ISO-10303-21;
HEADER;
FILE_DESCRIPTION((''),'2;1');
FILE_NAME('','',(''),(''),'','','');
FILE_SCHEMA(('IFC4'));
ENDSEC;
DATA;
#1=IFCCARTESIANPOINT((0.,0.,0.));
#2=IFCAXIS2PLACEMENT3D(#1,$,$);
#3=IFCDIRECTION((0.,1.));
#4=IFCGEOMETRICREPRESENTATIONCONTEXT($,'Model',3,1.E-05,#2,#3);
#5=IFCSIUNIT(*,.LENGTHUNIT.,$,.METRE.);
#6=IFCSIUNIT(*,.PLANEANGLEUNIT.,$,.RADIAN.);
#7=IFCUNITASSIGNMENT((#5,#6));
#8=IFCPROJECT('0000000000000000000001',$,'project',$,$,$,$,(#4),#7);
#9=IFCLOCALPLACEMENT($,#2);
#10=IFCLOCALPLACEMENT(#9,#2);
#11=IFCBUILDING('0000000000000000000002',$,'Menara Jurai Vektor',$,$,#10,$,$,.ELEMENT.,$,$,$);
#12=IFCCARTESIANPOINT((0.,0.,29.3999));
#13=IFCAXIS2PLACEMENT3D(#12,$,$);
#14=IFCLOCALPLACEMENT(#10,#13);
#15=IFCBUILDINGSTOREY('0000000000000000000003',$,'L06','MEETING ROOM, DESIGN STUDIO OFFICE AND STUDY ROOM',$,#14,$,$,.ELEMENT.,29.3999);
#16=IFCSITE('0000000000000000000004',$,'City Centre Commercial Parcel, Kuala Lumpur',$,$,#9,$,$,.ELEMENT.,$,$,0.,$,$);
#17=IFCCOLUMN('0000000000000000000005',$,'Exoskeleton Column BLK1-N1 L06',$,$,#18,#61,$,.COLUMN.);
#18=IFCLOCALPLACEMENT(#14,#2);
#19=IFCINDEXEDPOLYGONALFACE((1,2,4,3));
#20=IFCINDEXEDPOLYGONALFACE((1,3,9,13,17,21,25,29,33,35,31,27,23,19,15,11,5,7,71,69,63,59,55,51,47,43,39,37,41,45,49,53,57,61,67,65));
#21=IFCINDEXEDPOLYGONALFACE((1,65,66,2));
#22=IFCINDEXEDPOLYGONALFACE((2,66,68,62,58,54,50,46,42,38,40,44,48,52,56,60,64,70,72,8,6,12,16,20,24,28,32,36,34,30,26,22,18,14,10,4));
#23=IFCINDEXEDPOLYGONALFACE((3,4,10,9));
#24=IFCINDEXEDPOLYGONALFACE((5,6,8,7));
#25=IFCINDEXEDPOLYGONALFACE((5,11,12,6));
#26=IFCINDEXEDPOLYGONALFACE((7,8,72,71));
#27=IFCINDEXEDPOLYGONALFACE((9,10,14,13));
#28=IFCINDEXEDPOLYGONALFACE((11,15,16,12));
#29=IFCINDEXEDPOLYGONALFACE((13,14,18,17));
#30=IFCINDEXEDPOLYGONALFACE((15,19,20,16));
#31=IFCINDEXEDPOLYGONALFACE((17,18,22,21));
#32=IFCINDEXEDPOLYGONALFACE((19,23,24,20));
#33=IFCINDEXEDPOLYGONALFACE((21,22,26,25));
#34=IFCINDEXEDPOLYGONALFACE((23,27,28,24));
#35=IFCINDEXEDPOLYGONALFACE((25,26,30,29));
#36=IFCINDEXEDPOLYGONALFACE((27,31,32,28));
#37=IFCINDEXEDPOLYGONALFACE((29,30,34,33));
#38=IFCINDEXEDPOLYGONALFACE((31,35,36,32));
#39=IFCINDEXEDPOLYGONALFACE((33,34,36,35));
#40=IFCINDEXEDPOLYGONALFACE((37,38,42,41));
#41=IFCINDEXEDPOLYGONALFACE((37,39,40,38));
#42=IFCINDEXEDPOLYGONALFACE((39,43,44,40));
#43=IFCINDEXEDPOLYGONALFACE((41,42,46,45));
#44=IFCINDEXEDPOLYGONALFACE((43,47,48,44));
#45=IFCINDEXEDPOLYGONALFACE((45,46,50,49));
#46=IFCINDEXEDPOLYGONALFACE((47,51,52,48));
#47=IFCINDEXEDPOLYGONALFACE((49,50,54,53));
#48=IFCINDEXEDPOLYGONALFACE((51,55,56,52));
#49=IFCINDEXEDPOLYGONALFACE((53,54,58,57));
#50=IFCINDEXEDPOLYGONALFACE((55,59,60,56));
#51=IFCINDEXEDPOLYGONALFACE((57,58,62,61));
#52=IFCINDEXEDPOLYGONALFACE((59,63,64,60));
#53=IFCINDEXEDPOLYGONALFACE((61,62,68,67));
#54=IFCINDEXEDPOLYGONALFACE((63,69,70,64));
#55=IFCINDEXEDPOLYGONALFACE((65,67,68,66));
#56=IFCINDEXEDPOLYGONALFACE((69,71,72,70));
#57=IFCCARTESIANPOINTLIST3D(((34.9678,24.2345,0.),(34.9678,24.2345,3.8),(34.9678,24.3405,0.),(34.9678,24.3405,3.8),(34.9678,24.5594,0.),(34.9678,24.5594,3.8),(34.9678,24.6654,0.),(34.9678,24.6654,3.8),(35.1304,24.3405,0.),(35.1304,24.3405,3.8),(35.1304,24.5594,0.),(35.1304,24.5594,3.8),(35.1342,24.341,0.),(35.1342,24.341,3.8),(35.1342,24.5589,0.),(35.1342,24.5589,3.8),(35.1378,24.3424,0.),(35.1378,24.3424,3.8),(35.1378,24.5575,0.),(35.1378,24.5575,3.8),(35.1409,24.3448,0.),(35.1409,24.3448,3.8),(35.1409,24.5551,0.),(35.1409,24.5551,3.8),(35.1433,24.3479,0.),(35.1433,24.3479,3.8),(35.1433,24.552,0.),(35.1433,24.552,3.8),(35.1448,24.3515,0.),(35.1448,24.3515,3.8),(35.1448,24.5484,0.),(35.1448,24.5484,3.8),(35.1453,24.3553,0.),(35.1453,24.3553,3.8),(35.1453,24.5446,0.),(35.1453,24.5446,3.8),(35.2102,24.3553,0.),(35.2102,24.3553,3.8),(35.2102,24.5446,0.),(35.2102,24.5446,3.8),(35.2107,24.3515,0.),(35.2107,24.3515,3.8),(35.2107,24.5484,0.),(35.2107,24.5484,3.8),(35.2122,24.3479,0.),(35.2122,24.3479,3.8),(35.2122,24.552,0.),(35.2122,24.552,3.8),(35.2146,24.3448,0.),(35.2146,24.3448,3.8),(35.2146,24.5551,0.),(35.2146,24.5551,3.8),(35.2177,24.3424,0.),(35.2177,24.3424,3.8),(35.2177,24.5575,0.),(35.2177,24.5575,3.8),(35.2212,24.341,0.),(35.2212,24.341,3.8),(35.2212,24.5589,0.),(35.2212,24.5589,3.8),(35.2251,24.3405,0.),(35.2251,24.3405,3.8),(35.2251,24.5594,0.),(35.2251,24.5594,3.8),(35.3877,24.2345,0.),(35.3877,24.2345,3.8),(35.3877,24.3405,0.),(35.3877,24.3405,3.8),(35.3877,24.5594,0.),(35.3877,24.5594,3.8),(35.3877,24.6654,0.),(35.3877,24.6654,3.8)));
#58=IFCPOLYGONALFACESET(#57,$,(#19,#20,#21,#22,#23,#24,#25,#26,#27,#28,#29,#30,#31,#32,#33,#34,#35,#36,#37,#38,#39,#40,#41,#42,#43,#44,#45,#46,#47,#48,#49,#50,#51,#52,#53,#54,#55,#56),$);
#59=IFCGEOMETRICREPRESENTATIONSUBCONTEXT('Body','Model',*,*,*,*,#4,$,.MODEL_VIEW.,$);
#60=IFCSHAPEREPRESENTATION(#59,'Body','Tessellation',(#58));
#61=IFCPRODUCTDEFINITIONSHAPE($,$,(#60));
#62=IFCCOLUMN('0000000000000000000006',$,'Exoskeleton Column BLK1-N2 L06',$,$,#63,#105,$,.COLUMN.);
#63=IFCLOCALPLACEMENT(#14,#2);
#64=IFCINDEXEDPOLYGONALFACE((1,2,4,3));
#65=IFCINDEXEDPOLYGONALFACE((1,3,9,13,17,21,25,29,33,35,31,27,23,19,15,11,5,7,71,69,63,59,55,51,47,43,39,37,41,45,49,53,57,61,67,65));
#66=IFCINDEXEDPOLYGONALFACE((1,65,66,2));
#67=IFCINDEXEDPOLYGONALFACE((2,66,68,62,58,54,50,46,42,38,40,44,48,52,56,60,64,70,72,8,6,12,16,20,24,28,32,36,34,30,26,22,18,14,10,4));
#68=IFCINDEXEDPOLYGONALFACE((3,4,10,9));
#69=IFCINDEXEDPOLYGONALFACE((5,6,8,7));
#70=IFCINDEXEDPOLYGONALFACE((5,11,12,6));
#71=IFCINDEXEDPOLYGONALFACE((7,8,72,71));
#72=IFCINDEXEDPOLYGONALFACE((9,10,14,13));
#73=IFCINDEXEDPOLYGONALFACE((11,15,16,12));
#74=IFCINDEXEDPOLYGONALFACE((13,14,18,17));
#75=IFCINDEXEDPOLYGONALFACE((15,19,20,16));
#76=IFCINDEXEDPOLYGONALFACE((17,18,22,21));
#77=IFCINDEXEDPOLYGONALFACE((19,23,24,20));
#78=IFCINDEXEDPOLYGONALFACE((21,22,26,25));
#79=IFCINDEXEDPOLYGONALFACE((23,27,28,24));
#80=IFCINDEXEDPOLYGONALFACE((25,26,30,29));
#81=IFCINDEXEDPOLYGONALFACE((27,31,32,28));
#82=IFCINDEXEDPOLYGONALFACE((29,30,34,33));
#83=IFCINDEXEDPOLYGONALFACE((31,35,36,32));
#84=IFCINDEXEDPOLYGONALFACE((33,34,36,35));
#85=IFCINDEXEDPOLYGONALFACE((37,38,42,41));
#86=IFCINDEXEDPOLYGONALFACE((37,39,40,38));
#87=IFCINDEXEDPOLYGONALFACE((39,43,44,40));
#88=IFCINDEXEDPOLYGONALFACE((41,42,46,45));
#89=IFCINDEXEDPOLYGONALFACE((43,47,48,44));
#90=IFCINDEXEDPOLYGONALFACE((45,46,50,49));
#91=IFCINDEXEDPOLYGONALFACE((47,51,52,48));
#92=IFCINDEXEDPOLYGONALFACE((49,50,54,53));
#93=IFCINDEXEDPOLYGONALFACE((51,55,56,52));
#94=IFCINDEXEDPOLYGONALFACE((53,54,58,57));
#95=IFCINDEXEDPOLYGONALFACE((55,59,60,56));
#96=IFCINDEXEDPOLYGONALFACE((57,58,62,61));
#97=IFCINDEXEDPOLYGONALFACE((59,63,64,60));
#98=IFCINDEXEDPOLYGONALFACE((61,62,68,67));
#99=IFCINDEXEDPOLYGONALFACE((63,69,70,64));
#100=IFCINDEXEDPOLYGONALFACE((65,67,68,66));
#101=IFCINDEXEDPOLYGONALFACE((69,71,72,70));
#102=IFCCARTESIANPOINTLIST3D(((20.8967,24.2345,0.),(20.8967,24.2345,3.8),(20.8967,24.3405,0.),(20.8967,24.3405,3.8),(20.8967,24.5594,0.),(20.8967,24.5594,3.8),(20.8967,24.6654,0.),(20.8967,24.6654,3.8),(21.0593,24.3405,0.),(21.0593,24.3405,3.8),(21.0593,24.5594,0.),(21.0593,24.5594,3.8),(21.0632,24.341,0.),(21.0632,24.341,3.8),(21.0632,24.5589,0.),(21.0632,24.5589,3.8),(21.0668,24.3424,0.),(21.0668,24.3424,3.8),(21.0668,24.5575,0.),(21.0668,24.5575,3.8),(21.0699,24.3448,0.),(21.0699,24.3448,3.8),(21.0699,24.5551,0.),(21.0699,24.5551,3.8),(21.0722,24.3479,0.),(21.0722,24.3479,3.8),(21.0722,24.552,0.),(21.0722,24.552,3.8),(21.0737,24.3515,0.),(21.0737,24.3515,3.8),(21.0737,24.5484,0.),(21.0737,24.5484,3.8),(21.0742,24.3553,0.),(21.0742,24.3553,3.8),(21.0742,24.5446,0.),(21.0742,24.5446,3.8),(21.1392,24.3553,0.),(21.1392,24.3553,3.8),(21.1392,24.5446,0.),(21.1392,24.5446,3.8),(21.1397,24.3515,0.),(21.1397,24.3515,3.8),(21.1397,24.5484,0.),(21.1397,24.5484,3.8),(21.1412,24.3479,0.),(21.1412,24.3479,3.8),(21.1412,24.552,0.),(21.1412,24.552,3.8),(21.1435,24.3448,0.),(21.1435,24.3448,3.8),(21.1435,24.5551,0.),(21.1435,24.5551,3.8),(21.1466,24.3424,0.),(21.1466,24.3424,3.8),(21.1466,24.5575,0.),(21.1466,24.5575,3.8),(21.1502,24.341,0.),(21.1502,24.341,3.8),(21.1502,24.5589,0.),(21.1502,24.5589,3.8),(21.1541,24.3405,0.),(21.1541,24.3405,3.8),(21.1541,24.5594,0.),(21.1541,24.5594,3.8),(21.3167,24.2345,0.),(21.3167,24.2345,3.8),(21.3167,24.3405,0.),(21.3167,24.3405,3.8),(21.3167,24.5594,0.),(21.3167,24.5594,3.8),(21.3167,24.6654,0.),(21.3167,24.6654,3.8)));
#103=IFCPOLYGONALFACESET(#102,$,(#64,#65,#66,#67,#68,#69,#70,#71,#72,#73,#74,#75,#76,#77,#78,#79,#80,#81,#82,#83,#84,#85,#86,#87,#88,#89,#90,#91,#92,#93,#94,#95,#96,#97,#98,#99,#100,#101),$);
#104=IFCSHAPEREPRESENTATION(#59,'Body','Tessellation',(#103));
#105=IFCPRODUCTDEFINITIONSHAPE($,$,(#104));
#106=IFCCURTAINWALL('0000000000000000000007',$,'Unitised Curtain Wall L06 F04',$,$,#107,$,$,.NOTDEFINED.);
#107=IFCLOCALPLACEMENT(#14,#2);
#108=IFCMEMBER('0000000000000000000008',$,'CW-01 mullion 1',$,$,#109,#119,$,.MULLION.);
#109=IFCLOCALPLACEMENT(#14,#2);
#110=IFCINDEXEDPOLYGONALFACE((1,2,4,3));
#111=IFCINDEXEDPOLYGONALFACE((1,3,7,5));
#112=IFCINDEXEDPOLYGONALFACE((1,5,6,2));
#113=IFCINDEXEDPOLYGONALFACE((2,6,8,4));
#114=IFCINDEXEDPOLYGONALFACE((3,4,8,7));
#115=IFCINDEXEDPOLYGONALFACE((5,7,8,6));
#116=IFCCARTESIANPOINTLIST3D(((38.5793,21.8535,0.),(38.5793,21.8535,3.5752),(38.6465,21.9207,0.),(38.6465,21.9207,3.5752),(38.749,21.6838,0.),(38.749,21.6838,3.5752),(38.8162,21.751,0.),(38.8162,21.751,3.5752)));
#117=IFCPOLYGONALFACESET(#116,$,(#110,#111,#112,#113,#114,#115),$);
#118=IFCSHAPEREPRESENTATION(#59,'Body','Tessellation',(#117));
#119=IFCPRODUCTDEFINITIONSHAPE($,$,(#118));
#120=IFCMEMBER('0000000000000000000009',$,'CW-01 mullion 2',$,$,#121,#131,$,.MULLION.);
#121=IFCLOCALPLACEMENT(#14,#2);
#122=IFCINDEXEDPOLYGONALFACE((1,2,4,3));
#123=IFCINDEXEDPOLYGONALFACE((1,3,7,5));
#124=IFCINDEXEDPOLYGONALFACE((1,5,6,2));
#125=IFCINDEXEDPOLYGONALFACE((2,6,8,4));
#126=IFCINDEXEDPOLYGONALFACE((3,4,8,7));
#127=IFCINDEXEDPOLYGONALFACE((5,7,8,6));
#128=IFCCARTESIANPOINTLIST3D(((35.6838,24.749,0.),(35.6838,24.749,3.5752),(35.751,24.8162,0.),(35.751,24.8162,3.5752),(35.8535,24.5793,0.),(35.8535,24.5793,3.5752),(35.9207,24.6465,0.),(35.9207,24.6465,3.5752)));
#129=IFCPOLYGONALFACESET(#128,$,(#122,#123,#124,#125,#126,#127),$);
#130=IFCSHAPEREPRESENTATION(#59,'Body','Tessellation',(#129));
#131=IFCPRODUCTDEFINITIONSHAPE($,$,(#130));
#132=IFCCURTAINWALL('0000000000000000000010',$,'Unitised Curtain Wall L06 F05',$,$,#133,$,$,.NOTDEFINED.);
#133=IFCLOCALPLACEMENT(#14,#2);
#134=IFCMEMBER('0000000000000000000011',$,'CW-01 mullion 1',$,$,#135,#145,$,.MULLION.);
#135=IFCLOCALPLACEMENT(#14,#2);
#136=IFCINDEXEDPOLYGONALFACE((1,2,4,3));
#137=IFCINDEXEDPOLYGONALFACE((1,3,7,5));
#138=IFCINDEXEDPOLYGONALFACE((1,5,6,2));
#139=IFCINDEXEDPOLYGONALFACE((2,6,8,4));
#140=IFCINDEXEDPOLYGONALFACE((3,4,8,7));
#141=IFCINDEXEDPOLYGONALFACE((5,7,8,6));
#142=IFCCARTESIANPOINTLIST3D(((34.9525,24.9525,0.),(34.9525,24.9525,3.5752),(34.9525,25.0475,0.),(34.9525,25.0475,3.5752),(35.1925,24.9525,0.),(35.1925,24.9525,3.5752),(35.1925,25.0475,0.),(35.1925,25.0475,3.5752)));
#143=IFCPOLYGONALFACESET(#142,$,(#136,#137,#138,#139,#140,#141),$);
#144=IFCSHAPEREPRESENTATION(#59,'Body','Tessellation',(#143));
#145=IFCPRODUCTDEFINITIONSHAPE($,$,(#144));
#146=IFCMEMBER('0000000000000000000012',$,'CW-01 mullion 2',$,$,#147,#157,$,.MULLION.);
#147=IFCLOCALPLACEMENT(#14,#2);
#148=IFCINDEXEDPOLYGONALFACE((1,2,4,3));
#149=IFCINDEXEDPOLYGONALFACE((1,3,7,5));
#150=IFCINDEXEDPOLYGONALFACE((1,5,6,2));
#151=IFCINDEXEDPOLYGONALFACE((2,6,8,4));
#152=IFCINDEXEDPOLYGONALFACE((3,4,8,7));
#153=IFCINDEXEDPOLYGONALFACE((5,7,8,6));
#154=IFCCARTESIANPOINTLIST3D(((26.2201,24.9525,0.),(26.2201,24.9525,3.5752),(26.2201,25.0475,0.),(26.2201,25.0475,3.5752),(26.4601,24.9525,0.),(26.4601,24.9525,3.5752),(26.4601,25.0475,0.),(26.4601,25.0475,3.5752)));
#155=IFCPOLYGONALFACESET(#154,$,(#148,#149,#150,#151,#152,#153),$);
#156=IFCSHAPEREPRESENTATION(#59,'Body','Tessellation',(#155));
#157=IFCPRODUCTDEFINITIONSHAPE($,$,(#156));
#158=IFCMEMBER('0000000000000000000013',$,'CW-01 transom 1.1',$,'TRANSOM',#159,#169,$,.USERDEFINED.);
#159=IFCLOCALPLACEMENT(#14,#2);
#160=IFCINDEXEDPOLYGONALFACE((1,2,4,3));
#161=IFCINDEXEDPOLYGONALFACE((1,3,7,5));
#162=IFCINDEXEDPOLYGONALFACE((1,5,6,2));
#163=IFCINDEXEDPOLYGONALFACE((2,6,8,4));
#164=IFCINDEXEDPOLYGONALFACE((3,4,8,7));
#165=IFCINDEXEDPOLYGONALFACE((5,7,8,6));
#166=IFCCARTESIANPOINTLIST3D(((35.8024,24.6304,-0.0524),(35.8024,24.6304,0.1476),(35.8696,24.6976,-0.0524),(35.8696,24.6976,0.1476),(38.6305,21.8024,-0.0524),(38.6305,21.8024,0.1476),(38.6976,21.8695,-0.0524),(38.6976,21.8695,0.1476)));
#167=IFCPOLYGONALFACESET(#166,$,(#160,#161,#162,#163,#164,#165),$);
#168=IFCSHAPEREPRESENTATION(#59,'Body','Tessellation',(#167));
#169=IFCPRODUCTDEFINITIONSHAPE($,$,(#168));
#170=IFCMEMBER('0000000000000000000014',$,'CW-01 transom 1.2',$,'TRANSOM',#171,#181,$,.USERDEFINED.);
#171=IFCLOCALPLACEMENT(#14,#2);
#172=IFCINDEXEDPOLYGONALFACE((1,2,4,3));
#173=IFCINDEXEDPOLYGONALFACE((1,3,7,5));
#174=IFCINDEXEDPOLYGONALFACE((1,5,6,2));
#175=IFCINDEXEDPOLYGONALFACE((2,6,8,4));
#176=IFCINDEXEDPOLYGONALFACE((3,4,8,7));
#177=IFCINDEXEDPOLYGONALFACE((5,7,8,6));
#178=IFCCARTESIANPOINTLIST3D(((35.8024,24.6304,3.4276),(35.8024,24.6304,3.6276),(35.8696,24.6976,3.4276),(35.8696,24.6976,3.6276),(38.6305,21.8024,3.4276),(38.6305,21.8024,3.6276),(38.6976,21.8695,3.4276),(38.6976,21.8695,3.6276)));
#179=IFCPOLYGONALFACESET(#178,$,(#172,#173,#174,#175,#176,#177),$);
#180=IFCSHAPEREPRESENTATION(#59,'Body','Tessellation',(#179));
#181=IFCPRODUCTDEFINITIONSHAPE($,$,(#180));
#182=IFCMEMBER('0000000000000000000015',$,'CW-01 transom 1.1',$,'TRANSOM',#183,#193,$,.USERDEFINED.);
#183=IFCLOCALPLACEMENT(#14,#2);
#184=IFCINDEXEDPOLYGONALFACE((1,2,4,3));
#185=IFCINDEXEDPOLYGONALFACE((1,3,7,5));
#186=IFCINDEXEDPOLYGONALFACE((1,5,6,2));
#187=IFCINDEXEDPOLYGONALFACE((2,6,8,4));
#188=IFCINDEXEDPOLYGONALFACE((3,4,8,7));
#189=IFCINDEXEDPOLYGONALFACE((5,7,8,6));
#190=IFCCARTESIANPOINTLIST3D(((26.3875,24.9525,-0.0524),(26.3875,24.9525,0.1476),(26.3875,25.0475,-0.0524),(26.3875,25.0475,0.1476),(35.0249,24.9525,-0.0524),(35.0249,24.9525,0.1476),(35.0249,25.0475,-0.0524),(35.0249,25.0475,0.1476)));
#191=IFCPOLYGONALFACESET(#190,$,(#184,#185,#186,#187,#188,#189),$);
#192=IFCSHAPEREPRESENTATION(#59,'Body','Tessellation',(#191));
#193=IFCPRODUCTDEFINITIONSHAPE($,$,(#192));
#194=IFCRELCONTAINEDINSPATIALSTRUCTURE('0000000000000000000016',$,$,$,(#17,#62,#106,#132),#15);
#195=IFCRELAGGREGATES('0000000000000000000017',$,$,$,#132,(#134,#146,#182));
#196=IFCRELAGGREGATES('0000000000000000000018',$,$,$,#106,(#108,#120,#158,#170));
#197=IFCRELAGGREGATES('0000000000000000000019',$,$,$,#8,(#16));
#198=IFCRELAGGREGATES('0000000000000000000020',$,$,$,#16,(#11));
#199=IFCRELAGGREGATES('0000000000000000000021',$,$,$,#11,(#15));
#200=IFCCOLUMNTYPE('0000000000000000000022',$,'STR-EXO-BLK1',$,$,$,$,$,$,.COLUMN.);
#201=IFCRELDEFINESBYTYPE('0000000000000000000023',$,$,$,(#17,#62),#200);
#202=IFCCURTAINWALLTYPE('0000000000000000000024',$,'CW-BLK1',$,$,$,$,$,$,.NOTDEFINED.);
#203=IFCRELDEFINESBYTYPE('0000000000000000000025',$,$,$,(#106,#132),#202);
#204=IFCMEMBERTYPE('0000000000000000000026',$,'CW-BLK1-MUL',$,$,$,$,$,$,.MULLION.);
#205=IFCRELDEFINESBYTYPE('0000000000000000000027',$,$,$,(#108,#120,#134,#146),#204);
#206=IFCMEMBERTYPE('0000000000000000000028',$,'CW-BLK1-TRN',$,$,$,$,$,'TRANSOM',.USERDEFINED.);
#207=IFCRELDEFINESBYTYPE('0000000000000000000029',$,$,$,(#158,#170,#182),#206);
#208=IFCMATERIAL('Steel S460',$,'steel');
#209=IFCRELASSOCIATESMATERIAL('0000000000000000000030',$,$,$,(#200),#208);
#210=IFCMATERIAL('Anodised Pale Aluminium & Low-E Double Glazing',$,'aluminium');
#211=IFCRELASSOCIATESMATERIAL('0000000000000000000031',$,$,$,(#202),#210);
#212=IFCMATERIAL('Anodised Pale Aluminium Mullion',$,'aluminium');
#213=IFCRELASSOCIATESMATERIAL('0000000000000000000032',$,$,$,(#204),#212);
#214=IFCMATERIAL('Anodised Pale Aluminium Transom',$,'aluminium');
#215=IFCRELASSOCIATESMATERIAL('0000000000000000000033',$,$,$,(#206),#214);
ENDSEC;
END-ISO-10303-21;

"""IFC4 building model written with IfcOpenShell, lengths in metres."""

from ifc_helpers import new_model, si_unit, direction, frame, origin, origin_2d, place, context, subcontext, project, spatial, rectangle, i_section, extrude, material, material_profile, profile_set, type_object, element, aggregate, save


model = new_model("IFC4")

# Units and contexts
model_context = context("Model", 3, precision=1e-05, world=origin(), true_north=direction((0.0, 1.0)))
body_context = subcontext(model_context, "Body", "Model", "MODEL_VIEW")
ifc_project = project(units=[si_unit("LENGTHUNIT", "METRE"), si_unit("PLANEANGLEUNIT", "RADIAN")], contexts=[model_context])

# Site, building, storey
site_placement = place(None, origin())
site = spatial("IfcSite", under=ifc_project, at=site_placement, Name="City Centre Commercial Parcel, Kuala Lumpur", CompositionType="ELEMENT", RefElevation=0.0)
building_placement = place(site_placement, origin())
building = spatial("IfcBuilding", under=site, at=building_placement, Name="Menara Jurai Vektor", CompositionType="ELEMENT")
storey_placement = place(building_placement, frame((0.0, 0.0, 29.3999)))
storey = spatial("IfcBuildingStorey", under=building, at=storey_placement, Name="L06", Description="MEETING ROOM, DESIGN STUDIO OFFICE AND STUDY ROOM", CompositionType="ELEMENT", Elevation=29.3999)

# Columns
ifc_material_1 = material(Name="Steel S460", Category="steel")
ifc_material_profile_1 = material_profile(ifc_material_1, i_section(OverallWidth=0.4199, OverallDepth=0.4309, WebThickness=0.0649, FlangeThickness=0.106, FilletRadius=0.0149, at=origin_2d()), Name="HD 400x900")
ifc_profile_set_1 = profile_set([ifc_material_profile_1], Name="Steel S460")
column_type = type_object("IfcColumnType", Name="STR-EXO-BLK1", PredefinedType="COLUMN", material=ifc_profile_set_1)
for number, where, z_axis, x_axis, name in (
    (1, (35.1777, 24.45, 0.0), (0.0, 0.0, 1.0), (1.0, 0.0, 0.0), "Exoskeleton Column BLK1-N1 L06"),
    (2, (21.1067, 24.45, 0.0), (0.0, 0.0, 1.0), (1.0, 0.0, 0.0), "Exoskeleton Column BLK1-N2 L06"),
):
    element("IfcColumn", number, at=place(storey_placement, frame(where, z_axis=z_axis, x_axis=x_axis)), inside=storey, type_object=column_type, Name=name, PredefinedType="COLUMN", context=body_context, shape_type="SweptSolid", body=[
        extrude(i_section(OverallWidth=0.4199, OverallDepth=0.4309, WebThickness=0.0649, FlangeThickness=0.106, FilletRadius=0.0149, at=origin_2d()), origin(), (0.0, 0.0, 1.0), 3.8),
    ])

# Curtain walls, members
ifc_material_2 = material(Name="Anodised Pale Aluminium & Low-E Double Glazing", Category="aluminium")
curtain_wall_type = type_object("IfcCurtainWallType", Name="CW-BLK1", PredefinedType="NOTDEFINED", material=ifc_material_2)
curtain_wall_1_placement = place(storey_placement, origin())
curtain_wall_1 = element("IfcCurtainWall", 3, at=curtain_wall_1_placement, inside=storey, type_object=curtain_wall_type, Name="Unitised Curtain Wall L06 F04", PredefinedType="NOTDEFINED")
ifc_material_3 = material(Name="Anodised Pale Aluminium Mullion", Category="aluminium")
ifc_material_profile_2 = material_profile(ifc_material_3, rectangle(XDim=0.095, YDim=0.24, at=origin_2d()), Name="ALU MUL 95x240")
ifc_profile_set_2 = profile_set([ifc_material_profile_2], Name="Anodised Pale Aluminium Mullion")
member_type_1 = type_object("IfcMemberType", Name="CW-BLK1-MUL", PredefinedType="MULLION", material=ifc_profile_set_2)
member_1_placement = place(storey_placement, frame((38.6978, 21.8022, 0.0), z_axis=(0.0, 0.0, 1.0), x_axis=(-0.707107, -0.707107, 0.0)))
member_1 = element("IfcMember", 4, at=member_1_placement, type_object=member_type_1, Name="CW-01 mullion 1", PredefinedType="MULLION", context=body_context, shape_type="SweptSolid", body=[
    extrude(rectangle(XDim=0.095, YDim=0.24, at=origin_2d()), origin(), (0.0, 0.0, 1.0), 3.5752),
])
member_2_placement = place(storey_placement, frame((35.8022, 24.6978, 0.0), z_axis=(0.0, 0.0, 1.0), x_axis=(-0.707107, -0.707107, 0.0)))
member_2 = element("IfcMember", 5, at=member_2_placement, type_object=member_type_1, Name="CW-01 mullion 2", PredefinedType="MULLION", context=body_context, shape_type="SweptSolid", body=[
    extrude(rectangle(XDim=0.095, YDim=0.24, at=origin_2d()), origin(), (0.0, 0.0, 1.0), 3.5752),
])
curtain_wall_2_placement = place(storey_placement, origin())
curtain_wall_2 = element("IfcCurtainWall", 6, at=curtain_wall_2_placement, inside=storey, type_object=curtain_wall_type, Name="Unitised Curtain Wall L06 F05", PredefinedType="NOTDEFINED")
member_3_placement = place(storey_placement, frame((35.0725, 25.0, 0.0), z_axis=(0.0, 0.0, 1.0), x_axis=(0.0, -1.0, 0.0)))
member_3 = element("IfcMember", 7, at=member_3_placement, type_object=member_type_1, Name="CW-01 mullion 1", PredefinedType="MULLION", context=body_context, shape_type="SweptSolid", body=[
    extrude(rectangle(XDim=0.095, YDim=0.24, at=origin_2d()), origin(), (0.0, 0.0, 1.0), 3.5752),
])
member_4_placement = place(storey_placement, frame((26.3401, 25.0, 0.0), z_axis=(0.0, 0.0, 1.0), x_axis=(0.0, -1.0, 0.0)))
member_4 = element("IfcMember", 8, at=member_4_placement, type_object=member_type_1, Name="CW-01 mullion 2", PredefinedType="MULLION", context=body_context, shape_type="SweptSolid", body=[
    extrude(rectangle(XDim=0.095, YDim=0.24, at=origin_2d()), origin(), (0.0, 0.0, 1.0), 3.5752),
])

# Members
ifc_material_4 = material(Name="Anodised Pale Aluminium Transom", Category="aluminium")
ifc_material_profile_3 = material_profile(ifc_material_4, rectangle(XDim=0.095, YDim=0.2, at=origin_2d()), Name="ALU TRN 95x200")
ifc_profile_set_3 = profile_set([ifc_material_profile_3], Name="Anodised Pale Aluminium Transom")
member_type_2 = type_object("IfcMemberType", Name="CW-BLK1-TRN", ElementType="TRANSOM", PredefinedType="USERDEFINED", material=ifc_profile_set_3)
member_5_placement = place(storey_placement, frame((38.6641, 21.8359, 0.0476), z_axis=(-0.707107, 0.707107, 0.0), x_axis=(-0.707107, -0.707107, 0.0)))
member_5 = element("IfcMember", 9, at=member_5_placement, type_object=member_type_2, Name="CW-01 transom 1.1", ObjectType="TRANSOM", PredefinedType="USERDEFINED", context=body_context, shape_type="SweptSolid", body=[
    extrude(rectangle(XDim=0.095, YDim=0.2, at=origin_2d()), origin(), (0.0, 0.0, 1.0), 3.9995),
])
member_6_placement = place(storey_placement, frame((38.6641, 21.8359, 3.5276), z_axis=(-0.707107, 0.707107, 0.0), x_axis=(-0.707107, -0.707107, 0.0)))
member_6 = element("IfcMember", 10, at=member_6_placement, type_object=member_type_2, Name="CW-01 transom 1.2", ObjectType="TRANSOM", PredefinedType="USERDEFINED", context=body_context, shape_type="SweptSolid", body=[
    extrude(rectangle(XDim=0.095, YDim=0.2, at=origin_2d()), origin(), (0.0, 0.0, 1.0), 3.9995),
])
member_7_placement = place(storey_placement, frame((35.0249, 25.0, 0.0476), z_axis=(-1.0, 0.0, 0.0), x_axis=(0.0, -1.0, 0.0)))
member_7 = element("IfcMember", 11, at=member_7_placement, type_object=member_type_2, Name="CW-01 transom 1.1", ObjectType="TRANSOM", PredefinedType="USERDEFINED", context=body_context, shape_type="SweptSolid", body=[
    extrude(rectangle(XDim=0.095, YDim=0.2, at=origin_2d()), origin(), (0.0, 0.0, 1.0), 8.6375),
])

aggregate(curtain_wall_2, [member_3, member_4, member_7])
aggregate(curtain_wall_1, [member_1, member_2, member_5, member_6])

save(model, "model.ifc")
